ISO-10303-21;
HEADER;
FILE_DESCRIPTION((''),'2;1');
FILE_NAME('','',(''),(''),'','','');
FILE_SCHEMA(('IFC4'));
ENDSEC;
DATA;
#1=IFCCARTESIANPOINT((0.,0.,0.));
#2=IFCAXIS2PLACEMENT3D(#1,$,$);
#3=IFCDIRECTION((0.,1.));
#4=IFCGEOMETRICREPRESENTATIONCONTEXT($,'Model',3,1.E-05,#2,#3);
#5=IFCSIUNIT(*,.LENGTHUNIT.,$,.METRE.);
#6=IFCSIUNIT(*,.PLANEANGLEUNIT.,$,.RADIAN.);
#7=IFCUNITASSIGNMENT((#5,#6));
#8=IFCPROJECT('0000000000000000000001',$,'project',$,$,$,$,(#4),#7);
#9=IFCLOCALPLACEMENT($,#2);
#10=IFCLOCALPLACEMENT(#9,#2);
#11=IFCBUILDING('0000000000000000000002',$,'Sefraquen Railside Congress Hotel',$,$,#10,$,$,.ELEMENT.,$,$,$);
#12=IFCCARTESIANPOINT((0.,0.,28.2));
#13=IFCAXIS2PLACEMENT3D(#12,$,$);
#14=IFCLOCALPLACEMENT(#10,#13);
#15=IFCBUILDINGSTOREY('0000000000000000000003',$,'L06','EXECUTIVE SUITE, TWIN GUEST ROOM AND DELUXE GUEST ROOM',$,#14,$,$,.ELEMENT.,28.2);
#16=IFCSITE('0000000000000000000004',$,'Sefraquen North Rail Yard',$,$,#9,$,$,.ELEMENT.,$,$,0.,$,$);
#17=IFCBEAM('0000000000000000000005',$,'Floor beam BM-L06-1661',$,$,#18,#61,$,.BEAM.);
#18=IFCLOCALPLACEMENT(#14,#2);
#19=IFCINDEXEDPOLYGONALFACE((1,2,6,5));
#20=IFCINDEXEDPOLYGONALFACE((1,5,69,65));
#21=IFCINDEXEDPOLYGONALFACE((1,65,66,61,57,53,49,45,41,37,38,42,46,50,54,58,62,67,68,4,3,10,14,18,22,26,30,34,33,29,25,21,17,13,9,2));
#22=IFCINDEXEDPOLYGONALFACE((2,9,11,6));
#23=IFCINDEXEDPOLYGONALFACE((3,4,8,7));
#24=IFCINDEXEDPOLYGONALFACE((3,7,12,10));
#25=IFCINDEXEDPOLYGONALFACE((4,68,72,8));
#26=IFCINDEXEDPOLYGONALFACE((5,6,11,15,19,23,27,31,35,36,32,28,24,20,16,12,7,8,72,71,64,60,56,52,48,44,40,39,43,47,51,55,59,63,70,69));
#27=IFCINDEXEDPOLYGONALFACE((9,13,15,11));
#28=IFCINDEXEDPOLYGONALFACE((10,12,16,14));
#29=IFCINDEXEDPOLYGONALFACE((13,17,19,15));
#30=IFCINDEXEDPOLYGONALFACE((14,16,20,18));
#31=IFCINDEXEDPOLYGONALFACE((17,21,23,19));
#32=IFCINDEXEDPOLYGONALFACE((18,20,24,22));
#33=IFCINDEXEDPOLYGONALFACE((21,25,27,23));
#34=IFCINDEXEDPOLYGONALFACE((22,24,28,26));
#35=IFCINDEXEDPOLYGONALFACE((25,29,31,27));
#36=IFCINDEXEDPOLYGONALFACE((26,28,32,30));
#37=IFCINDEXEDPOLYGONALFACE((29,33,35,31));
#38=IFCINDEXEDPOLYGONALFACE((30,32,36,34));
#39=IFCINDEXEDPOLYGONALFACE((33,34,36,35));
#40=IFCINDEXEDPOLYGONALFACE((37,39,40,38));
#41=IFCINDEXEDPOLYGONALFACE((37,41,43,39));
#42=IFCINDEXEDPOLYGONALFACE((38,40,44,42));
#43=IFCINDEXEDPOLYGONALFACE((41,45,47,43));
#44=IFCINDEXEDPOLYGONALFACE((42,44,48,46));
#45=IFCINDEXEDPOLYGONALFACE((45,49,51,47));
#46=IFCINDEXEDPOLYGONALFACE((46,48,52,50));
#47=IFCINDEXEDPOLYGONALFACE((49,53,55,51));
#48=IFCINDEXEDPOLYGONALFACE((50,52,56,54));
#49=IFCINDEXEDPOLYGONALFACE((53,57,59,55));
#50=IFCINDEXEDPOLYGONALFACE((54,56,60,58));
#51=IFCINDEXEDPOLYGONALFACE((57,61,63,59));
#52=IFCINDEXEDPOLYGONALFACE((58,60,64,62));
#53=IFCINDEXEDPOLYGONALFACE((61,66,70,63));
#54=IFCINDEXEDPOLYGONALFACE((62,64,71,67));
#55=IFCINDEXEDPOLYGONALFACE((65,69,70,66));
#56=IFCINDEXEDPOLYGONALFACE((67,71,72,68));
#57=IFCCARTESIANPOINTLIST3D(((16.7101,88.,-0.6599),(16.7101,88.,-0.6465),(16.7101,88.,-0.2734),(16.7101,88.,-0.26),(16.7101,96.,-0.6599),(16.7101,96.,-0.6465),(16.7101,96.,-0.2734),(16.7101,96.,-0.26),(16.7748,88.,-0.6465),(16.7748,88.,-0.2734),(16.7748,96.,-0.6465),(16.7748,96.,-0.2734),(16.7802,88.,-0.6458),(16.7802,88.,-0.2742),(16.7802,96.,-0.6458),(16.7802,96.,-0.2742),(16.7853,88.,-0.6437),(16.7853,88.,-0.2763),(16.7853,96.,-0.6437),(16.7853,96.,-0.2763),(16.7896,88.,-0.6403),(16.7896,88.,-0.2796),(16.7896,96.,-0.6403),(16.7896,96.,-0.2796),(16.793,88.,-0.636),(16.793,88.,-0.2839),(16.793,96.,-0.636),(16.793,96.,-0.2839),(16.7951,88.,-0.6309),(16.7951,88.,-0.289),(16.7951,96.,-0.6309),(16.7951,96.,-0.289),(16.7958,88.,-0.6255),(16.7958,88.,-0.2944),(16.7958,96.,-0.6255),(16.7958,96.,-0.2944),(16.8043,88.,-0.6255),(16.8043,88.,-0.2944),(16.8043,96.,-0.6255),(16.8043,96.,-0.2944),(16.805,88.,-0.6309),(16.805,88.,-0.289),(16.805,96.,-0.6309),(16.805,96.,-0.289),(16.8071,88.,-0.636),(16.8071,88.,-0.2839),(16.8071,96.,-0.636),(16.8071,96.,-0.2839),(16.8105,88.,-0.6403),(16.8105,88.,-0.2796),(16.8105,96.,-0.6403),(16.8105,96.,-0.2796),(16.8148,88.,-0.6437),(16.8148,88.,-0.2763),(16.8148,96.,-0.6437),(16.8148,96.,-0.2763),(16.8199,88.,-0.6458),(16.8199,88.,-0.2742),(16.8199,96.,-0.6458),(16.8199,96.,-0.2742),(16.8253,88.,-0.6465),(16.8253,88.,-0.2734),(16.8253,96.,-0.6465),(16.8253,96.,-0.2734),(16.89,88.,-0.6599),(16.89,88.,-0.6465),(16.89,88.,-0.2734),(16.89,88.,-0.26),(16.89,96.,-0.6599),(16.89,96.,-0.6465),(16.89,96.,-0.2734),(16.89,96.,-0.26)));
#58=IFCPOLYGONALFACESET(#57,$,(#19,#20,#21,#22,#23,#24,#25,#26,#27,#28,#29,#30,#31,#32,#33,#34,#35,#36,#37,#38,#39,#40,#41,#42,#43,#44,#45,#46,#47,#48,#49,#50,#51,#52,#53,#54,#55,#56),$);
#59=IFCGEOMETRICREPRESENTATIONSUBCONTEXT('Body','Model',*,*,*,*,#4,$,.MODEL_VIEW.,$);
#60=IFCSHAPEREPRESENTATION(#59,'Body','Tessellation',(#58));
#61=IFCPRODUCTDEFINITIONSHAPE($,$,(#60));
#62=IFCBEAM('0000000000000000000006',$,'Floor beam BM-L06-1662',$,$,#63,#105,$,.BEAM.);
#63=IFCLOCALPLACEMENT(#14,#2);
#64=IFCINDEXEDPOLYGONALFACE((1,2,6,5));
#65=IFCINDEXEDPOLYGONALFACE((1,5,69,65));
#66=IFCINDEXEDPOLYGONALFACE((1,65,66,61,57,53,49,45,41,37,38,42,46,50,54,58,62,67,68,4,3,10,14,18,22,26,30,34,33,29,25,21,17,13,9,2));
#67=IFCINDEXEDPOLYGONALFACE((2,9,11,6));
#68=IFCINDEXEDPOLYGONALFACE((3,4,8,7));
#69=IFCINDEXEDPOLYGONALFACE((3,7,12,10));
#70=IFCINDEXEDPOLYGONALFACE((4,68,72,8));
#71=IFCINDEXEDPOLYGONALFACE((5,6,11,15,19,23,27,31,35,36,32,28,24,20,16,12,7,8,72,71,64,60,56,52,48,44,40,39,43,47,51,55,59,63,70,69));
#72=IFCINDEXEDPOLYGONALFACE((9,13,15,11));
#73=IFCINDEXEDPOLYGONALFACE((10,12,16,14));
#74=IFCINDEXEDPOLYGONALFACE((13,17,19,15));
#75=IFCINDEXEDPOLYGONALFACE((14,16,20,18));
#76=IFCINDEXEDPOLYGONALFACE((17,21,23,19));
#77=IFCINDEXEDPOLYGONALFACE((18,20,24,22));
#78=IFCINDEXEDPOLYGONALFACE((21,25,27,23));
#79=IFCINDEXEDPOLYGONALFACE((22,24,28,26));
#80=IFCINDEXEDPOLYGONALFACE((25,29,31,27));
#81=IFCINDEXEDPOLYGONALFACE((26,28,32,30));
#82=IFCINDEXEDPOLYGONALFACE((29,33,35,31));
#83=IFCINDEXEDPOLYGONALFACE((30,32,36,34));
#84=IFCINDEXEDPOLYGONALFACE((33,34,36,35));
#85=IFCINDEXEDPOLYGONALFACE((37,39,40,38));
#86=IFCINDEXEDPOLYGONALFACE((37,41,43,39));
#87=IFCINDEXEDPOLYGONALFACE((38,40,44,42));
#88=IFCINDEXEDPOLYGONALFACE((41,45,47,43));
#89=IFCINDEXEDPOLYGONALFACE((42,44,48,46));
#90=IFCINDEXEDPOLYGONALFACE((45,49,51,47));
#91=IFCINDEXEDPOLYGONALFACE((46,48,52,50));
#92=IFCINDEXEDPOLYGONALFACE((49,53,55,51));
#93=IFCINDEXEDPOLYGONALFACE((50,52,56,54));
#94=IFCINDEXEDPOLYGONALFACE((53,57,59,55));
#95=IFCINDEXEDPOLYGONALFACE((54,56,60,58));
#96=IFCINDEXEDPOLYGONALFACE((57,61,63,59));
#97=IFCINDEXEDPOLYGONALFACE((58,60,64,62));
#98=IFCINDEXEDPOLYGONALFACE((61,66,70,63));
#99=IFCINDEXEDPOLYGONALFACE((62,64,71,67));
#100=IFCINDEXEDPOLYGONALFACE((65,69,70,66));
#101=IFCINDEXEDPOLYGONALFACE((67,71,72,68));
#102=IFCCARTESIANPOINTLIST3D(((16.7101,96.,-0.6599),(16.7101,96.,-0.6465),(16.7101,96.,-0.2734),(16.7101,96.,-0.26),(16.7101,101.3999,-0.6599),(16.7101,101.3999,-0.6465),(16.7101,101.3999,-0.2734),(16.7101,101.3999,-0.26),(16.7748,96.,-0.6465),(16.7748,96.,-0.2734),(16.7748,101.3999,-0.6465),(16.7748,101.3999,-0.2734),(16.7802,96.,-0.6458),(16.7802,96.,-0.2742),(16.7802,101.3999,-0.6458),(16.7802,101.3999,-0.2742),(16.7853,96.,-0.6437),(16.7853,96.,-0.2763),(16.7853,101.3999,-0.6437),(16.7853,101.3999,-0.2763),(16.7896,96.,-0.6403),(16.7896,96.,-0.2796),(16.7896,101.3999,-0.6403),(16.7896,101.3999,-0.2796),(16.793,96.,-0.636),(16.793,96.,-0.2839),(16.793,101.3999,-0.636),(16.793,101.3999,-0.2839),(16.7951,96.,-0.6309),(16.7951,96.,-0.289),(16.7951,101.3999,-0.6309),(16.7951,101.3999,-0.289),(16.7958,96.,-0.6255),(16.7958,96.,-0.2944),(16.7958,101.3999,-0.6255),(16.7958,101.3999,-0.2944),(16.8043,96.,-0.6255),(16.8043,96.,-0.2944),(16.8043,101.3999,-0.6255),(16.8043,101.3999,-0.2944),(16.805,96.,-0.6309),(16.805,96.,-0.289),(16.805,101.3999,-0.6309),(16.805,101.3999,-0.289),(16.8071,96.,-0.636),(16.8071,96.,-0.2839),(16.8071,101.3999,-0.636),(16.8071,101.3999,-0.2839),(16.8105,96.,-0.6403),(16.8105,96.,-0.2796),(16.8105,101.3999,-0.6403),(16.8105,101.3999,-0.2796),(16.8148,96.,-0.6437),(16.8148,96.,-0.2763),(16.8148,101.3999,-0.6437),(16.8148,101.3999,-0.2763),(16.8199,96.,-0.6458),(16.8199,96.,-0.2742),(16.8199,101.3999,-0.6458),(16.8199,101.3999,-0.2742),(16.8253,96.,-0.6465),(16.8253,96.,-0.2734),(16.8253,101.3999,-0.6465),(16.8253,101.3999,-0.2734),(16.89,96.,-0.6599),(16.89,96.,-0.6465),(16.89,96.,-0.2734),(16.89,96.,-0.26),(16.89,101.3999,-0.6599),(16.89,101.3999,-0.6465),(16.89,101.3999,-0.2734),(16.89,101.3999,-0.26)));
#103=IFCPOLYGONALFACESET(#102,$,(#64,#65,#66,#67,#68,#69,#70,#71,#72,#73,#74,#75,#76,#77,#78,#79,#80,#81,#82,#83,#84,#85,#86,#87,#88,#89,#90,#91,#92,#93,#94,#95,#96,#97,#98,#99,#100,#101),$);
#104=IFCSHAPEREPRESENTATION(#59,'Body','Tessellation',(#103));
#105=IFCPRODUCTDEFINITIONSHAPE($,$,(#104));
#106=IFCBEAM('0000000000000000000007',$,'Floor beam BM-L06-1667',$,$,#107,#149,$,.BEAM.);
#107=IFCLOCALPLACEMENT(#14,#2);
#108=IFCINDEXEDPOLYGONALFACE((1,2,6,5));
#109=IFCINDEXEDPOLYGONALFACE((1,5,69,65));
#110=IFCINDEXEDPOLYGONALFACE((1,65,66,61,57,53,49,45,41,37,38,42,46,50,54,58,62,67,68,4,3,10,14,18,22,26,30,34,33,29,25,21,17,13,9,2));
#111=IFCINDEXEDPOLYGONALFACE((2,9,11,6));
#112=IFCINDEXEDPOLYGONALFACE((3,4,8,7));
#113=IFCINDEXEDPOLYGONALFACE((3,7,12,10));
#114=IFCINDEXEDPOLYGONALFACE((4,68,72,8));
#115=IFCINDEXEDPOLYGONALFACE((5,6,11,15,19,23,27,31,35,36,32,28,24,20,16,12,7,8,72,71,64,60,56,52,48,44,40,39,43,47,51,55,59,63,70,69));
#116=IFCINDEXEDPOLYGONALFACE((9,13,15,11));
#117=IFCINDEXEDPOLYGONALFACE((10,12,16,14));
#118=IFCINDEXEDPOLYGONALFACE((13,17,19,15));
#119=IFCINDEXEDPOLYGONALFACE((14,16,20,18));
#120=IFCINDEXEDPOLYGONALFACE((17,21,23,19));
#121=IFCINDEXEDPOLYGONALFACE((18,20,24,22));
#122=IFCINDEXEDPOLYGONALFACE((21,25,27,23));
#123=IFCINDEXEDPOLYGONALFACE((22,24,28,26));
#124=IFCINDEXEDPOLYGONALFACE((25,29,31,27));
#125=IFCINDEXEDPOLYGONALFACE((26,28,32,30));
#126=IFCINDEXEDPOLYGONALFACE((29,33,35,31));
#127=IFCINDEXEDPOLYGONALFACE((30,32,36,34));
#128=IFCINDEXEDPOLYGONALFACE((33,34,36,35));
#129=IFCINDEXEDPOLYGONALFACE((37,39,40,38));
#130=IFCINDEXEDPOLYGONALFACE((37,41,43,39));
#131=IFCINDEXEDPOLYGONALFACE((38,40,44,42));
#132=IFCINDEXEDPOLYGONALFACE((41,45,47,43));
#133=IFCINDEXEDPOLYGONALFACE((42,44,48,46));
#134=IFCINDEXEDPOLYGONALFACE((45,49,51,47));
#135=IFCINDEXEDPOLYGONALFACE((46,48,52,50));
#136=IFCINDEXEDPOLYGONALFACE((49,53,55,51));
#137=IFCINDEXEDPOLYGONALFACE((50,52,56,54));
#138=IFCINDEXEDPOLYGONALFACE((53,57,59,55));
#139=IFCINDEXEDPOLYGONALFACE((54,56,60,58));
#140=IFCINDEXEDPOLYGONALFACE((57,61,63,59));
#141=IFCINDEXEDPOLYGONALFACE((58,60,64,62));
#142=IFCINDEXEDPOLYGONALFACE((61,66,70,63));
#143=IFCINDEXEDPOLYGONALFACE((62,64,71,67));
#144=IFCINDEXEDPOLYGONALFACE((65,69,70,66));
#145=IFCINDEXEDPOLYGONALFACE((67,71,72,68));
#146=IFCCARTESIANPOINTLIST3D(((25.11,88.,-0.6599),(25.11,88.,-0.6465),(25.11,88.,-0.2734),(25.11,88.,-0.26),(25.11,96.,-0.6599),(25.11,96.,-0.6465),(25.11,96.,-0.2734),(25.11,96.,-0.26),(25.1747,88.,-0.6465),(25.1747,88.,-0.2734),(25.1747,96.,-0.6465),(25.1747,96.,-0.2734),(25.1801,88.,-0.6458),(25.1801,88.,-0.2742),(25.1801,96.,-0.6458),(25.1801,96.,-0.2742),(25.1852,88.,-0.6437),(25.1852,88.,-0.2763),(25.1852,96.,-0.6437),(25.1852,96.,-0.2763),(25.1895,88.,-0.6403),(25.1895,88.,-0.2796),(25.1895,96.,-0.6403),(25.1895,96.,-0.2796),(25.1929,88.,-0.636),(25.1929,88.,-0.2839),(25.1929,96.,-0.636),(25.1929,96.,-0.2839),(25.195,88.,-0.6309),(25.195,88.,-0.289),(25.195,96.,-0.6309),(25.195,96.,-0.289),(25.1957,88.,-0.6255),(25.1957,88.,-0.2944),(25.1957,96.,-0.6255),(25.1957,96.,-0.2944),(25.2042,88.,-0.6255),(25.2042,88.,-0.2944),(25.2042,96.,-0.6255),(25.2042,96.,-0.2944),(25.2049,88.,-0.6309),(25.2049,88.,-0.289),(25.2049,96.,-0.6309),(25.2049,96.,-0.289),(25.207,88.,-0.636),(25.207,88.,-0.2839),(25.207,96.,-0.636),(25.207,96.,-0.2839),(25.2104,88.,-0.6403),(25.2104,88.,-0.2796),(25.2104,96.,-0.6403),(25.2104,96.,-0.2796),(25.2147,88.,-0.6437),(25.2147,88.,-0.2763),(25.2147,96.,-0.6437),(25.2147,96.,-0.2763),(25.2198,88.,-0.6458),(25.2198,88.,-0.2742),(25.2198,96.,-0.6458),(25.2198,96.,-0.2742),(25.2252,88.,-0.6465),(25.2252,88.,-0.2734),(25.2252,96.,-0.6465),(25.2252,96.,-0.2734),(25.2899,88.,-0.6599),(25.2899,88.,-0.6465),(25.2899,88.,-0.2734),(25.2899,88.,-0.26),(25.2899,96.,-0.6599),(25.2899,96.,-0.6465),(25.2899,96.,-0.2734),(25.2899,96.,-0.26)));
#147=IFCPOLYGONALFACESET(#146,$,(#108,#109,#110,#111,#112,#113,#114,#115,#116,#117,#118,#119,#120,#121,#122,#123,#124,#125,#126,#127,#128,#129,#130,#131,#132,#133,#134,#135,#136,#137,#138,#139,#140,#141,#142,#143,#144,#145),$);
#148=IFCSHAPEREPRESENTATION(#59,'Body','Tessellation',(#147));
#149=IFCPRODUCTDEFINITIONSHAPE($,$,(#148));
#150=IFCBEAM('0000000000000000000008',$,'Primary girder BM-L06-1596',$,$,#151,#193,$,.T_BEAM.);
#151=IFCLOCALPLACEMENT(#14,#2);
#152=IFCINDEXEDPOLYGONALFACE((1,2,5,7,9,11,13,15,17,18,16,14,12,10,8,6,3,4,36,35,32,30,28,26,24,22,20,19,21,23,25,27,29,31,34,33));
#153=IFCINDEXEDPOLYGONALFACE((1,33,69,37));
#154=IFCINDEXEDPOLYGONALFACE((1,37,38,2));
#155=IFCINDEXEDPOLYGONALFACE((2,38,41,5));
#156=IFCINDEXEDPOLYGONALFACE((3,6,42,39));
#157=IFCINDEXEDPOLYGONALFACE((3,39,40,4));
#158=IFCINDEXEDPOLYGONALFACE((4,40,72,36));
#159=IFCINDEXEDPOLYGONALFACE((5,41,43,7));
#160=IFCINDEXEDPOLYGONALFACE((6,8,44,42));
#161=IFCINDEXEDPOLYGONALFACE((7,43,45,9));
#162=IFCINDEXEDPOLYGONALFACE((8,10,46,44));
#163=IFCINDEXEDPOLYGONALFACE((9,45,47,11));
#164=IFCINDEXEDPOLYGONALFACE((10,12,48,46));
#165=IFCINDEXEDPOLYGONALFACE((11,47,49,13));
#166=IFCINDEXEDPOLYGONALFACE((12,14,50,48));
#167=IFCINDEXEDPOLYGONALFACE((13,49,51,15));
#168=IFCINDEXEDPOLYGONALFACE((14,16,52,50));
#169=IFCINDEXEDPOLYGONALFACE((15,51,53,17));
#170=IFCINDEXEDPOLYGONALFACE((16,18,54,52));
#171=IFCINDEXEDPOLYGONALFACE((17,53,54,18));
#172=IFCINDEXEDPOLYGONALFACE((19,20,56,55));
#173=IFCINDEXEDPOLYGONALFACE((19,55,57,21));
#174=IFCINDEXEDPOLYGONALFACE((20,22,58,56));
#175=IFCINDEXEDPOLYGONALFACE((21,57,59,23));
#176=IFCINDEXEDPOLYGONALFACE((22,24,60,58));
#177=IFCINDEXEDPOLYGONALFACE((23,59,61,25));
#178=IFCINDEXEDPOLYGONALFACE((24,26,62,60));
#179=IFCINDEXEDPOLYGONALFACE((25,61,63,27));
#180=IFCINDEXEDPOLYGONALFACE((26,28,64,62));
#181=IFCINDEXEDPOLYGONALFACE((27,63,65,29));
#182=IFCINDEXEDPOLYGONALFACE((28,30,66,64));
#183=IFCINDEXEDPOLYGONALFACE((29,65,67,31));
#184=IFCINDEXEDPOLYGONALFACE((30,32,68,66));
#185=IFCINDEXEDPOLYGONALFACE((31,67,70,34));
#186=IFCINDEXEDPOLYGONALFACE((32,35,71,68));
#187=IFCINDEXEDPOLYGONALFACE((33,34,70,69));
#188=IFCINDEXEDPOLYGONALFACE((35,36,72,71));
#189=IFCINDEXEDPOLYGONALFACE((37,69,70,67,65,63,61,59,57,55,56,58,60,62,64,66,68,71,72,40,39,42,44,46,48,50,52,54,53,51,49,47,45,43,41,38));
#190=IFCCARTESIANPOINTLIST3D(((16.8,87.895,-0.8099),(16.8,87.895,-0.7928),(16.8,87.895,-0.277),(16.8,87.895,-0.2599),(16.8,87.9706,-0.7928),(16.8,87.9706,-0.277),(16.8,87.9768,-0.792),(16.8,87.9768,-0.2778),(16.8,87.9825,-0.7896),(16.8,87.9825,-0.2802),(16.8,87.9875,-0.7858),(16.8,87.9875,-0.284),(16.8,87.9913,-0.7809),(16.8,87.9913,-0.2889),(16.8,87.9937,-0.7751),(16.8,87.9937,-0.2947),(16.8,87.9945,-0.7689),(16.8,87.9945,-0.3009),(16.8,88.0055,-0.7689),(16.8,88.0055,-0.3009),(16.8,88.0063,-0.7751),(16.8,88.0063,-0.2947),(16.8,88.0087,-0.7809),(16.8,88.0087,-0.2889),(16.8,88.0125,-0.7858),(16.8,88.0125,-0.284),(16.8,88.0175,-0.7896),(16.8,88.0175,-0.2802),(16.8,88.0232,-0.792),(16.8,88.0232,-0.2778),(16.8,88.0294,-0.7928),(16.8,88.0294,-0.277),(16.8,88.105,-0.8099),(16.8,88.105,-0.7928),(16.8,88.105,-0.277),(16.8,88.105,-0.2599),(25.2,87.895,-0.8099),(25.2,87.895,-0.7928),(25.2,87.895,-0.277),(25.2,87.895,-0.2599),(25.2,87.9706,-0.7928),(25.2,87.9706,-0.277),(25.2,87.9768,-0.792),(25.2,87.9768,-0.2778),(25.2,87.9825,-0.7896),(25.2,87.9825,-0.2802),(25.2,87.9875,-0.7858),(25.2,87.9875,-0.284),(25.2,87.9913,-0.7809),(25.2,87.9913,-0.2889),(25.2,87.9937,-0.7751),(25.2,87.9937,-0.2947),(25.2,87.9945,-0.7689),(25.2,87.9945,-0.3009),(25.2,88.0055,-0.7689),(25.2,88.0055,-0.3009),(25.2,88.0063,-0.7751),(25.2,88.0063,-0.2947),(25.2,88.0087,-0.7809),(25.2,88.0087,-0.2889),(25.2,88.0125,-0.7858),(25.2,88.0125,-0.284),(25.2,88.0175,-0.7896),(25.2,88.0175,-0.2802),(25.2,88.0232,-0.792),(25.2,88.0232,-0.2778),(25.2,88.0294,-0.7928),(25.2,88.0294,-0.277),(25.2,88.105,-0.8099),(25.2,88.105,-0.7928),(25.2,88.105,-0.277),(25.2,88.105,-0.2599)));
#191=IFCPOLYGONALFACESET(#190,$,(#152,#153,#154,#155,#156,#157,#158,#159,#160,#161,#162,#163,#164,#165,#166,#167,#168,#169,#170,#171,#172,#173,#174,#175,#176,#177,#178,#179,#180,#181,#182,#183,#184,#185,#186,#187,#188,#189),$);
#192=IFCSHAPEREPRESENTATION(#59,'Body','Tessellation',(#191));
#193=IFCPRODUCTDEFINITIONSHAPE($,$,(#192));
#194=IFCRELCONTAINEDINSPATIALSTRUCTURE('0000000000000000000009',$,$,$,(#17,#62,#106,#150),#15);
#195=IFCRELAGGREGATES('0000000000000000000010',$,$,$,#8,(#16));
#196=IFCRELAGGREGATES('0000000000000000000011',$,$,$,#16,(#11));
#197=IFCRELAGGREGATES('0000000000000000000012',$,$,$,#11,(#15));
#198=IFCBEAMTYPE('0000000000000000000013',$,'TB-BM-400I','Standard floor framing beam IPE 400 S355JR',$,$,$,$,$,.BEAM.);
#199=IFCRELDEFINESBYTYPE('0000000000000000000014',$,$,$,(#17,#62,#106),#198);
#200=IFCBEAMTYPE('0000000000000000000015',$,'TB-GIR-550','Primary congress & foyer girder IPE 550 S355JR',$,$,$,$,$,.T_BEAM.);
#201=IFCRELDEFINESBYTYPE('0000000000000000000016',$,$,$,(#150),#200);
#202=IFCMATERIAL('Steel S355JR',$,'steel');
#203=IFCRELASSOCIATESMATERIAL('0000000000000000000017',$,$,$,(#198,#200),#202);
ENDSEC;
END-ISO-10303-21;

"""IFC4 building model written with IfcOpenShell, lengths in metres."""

from ifc_helpers import new_model, si_unit, direction, frame, origin, origin_2d, place, context, subcontext, project, spatial, i_section, extrude, material, material_profile, profile_set, type_object, element, save


model = new_model("IFC4")

# Units and contexts
model_context = context("Model", 3, precision=1e-05, world=origin(), true_north=direction((0.0, 1.0)))
body_context = subcontext(model_context, "Body", "Model", "MODEL_VIEW")
ifc_project = project(units=[si_unit("LENGTHUNIT", "METRE"), si_unit("PLANEANGLEUNIT", "RADIAN")], contexts=[model_context])

# Site, building, storey
site_placement = place(None, origin())
site = spatial("IfcSite", under=ifc_project, at=site_placement, Name="Sefraquen North Rail Yard", CompositionType="ELEMENT", RefElevation=0.0)
building_placement = place(site_placement, origin())
building = spatial("IfcBuilding", under=site, at=building_placement, Name="Sefraquen Railside Congress Hotel", CompositionType="ELEMENT")
storey_placement = place(building_placement, frame((0.0, 0.0, 28.2)))
storey = spatial("IfcBuildingStorey", under=building, at=storey_placement, Name="L06", Description="EXECUTIVE SUITE, TWIN GUEST ROOM AND DELUXE GUEST ROOM", CompositionType="ELEMENT", Elevation=28.2)

# Shared definitions
ifc_material_1 = material(Name="Steel S355JR", Category="steel")

# Beams
ifc_material_profile_1 = material_profile(ifc_material_1, i_section(OverallWidth=0.1799, OverallDepth=0.3999, WebThickness=0.0085, FlangeThickness=0.0134, FilletRadius=0.021, at=origin_2d()), Name="IPE 400")
ifc_profile_set_1 = profile_set([ifc_material_profile_1], Name="Steel S355JR")
beam_type_1 = type_object("IfcBeamType", Name="TB-BM-400I", Description="Standard floor framing beam IPE 400 S355JR", PredefinedType="BEAM", material=ifc_profile_set_1)
beam_1_placement = place(storey_placement, frame((16.8, 88.0, -0.46), z_axis=(0.0, 1.0, 0.0), x_axis=(-1.0, 0.0, 0.0)))
element("IfcBeam", 1, at=beam_1_placement, inside=storey, type_object=beam_type_1, Name="Floor beam BM-L06-1661", PredefinedType="BEAM", context=body_context, shape_type="SweptSolid", body=[
    extrude(i_section(OverallWidth=0.1799, OverallDepth=0.3999, WebThickness=0.0085, FlangeThickness=0.0134, FilletRadius=0.021, at=origin_2d()), origin(), (0.0, 0.0, 1.0), 8.0),
])
beam_2_placement = place(storey_placement, frame((16.8, 96.0, -0.46), z_axis=(0.0, 1.0, 0.0), x_axis=(-1.0, 0.0, 0.0)))
element("IfcBeam", 2, at=beam_2_placement, inside=storey, type_object=beam_type_1, Name="Floor beam BM-L06-1662", PredefinedType="BEAM", context=body_context, shape_type="SweptSolid", body=[
    extrude(i_section(OverallWidth=0.1799, OverallDepth=0.3999, WebThickness=0.0085, FlangeThickness=0.0134, FilletRadius=0.021, at=origin_2d()), origin(), (0.0, 0.0, 1.0), 5.3999),
])
beam_3_placement = place(storey_placement, frame((25.2, 88.0, -0.46), z_axis=(0.0, 1.0, 0.0), x_axis=(-1.0, 0.0, 0.0)))
element("IfcBeam", 3, at=beam_3_placement, inside=storey, type_object=beam_type_1, Name="Floor beam BM-L06-1667", PredefinedType="BEAM", context=body_context, shape_type="SweptSolid", body=[
    extrude(i_section(OverallWidth=0.1799, OverallDepth=0.3999, WebThickness=0.0085, FlangeThickness=0.0134, FilletRadius=0.021, at=origin_2d()), origin(), (0.0, 0.0, 1.0), 8.0),
])
ifc_material_profile_2 = material_profile(ifc_material_1, i_section(OverallWidth=0.21, OverallDepth=0.55, WebThickness=0.011, FlangeThickness=0.0171, FilletRadius=0.0239, at=origin_2d()), Name="IPE 550")
ifc_profile_set_2 = profile_set([ifc_material_profile_2], Name="Steel S355JR")
beam_type_2 = type_object("IfcBeamType", Name="TB-GIR-550", Description="Primary congress & foyer girder IPE 550 S355JR", PredefinedType="T_BEAM", material=ifc_profile_set_2)
for number, where, z_axis, x_axis, name in (
    (4, (16.8, 88.0, -0.5349), (1.0, 0.0, 0.0), (0.0, 1.0, 0.0), "Primary girder BM-L06-1596"),
):
    element("IfcBeam", number, at=place(storey_placement, frame(where, z_axis=z_axis, x_axis=x_axis)), inside=storey, type_object=beam_type_2, Name=name, PredefinedType="T_BEAM", context=body_context, shape_type="SweptSolid", body=[
        extrude(i_section(OverallWidth=0.21, OverallDepth=0.55, WebThickness=0.011, FlangeThickness=0.0171, FilletRadius=0.0239, at=origin_2d()), origin(), (0.0, 0.0, 1.0), 8.3999),
    ])

save(model, "model.ifc")
